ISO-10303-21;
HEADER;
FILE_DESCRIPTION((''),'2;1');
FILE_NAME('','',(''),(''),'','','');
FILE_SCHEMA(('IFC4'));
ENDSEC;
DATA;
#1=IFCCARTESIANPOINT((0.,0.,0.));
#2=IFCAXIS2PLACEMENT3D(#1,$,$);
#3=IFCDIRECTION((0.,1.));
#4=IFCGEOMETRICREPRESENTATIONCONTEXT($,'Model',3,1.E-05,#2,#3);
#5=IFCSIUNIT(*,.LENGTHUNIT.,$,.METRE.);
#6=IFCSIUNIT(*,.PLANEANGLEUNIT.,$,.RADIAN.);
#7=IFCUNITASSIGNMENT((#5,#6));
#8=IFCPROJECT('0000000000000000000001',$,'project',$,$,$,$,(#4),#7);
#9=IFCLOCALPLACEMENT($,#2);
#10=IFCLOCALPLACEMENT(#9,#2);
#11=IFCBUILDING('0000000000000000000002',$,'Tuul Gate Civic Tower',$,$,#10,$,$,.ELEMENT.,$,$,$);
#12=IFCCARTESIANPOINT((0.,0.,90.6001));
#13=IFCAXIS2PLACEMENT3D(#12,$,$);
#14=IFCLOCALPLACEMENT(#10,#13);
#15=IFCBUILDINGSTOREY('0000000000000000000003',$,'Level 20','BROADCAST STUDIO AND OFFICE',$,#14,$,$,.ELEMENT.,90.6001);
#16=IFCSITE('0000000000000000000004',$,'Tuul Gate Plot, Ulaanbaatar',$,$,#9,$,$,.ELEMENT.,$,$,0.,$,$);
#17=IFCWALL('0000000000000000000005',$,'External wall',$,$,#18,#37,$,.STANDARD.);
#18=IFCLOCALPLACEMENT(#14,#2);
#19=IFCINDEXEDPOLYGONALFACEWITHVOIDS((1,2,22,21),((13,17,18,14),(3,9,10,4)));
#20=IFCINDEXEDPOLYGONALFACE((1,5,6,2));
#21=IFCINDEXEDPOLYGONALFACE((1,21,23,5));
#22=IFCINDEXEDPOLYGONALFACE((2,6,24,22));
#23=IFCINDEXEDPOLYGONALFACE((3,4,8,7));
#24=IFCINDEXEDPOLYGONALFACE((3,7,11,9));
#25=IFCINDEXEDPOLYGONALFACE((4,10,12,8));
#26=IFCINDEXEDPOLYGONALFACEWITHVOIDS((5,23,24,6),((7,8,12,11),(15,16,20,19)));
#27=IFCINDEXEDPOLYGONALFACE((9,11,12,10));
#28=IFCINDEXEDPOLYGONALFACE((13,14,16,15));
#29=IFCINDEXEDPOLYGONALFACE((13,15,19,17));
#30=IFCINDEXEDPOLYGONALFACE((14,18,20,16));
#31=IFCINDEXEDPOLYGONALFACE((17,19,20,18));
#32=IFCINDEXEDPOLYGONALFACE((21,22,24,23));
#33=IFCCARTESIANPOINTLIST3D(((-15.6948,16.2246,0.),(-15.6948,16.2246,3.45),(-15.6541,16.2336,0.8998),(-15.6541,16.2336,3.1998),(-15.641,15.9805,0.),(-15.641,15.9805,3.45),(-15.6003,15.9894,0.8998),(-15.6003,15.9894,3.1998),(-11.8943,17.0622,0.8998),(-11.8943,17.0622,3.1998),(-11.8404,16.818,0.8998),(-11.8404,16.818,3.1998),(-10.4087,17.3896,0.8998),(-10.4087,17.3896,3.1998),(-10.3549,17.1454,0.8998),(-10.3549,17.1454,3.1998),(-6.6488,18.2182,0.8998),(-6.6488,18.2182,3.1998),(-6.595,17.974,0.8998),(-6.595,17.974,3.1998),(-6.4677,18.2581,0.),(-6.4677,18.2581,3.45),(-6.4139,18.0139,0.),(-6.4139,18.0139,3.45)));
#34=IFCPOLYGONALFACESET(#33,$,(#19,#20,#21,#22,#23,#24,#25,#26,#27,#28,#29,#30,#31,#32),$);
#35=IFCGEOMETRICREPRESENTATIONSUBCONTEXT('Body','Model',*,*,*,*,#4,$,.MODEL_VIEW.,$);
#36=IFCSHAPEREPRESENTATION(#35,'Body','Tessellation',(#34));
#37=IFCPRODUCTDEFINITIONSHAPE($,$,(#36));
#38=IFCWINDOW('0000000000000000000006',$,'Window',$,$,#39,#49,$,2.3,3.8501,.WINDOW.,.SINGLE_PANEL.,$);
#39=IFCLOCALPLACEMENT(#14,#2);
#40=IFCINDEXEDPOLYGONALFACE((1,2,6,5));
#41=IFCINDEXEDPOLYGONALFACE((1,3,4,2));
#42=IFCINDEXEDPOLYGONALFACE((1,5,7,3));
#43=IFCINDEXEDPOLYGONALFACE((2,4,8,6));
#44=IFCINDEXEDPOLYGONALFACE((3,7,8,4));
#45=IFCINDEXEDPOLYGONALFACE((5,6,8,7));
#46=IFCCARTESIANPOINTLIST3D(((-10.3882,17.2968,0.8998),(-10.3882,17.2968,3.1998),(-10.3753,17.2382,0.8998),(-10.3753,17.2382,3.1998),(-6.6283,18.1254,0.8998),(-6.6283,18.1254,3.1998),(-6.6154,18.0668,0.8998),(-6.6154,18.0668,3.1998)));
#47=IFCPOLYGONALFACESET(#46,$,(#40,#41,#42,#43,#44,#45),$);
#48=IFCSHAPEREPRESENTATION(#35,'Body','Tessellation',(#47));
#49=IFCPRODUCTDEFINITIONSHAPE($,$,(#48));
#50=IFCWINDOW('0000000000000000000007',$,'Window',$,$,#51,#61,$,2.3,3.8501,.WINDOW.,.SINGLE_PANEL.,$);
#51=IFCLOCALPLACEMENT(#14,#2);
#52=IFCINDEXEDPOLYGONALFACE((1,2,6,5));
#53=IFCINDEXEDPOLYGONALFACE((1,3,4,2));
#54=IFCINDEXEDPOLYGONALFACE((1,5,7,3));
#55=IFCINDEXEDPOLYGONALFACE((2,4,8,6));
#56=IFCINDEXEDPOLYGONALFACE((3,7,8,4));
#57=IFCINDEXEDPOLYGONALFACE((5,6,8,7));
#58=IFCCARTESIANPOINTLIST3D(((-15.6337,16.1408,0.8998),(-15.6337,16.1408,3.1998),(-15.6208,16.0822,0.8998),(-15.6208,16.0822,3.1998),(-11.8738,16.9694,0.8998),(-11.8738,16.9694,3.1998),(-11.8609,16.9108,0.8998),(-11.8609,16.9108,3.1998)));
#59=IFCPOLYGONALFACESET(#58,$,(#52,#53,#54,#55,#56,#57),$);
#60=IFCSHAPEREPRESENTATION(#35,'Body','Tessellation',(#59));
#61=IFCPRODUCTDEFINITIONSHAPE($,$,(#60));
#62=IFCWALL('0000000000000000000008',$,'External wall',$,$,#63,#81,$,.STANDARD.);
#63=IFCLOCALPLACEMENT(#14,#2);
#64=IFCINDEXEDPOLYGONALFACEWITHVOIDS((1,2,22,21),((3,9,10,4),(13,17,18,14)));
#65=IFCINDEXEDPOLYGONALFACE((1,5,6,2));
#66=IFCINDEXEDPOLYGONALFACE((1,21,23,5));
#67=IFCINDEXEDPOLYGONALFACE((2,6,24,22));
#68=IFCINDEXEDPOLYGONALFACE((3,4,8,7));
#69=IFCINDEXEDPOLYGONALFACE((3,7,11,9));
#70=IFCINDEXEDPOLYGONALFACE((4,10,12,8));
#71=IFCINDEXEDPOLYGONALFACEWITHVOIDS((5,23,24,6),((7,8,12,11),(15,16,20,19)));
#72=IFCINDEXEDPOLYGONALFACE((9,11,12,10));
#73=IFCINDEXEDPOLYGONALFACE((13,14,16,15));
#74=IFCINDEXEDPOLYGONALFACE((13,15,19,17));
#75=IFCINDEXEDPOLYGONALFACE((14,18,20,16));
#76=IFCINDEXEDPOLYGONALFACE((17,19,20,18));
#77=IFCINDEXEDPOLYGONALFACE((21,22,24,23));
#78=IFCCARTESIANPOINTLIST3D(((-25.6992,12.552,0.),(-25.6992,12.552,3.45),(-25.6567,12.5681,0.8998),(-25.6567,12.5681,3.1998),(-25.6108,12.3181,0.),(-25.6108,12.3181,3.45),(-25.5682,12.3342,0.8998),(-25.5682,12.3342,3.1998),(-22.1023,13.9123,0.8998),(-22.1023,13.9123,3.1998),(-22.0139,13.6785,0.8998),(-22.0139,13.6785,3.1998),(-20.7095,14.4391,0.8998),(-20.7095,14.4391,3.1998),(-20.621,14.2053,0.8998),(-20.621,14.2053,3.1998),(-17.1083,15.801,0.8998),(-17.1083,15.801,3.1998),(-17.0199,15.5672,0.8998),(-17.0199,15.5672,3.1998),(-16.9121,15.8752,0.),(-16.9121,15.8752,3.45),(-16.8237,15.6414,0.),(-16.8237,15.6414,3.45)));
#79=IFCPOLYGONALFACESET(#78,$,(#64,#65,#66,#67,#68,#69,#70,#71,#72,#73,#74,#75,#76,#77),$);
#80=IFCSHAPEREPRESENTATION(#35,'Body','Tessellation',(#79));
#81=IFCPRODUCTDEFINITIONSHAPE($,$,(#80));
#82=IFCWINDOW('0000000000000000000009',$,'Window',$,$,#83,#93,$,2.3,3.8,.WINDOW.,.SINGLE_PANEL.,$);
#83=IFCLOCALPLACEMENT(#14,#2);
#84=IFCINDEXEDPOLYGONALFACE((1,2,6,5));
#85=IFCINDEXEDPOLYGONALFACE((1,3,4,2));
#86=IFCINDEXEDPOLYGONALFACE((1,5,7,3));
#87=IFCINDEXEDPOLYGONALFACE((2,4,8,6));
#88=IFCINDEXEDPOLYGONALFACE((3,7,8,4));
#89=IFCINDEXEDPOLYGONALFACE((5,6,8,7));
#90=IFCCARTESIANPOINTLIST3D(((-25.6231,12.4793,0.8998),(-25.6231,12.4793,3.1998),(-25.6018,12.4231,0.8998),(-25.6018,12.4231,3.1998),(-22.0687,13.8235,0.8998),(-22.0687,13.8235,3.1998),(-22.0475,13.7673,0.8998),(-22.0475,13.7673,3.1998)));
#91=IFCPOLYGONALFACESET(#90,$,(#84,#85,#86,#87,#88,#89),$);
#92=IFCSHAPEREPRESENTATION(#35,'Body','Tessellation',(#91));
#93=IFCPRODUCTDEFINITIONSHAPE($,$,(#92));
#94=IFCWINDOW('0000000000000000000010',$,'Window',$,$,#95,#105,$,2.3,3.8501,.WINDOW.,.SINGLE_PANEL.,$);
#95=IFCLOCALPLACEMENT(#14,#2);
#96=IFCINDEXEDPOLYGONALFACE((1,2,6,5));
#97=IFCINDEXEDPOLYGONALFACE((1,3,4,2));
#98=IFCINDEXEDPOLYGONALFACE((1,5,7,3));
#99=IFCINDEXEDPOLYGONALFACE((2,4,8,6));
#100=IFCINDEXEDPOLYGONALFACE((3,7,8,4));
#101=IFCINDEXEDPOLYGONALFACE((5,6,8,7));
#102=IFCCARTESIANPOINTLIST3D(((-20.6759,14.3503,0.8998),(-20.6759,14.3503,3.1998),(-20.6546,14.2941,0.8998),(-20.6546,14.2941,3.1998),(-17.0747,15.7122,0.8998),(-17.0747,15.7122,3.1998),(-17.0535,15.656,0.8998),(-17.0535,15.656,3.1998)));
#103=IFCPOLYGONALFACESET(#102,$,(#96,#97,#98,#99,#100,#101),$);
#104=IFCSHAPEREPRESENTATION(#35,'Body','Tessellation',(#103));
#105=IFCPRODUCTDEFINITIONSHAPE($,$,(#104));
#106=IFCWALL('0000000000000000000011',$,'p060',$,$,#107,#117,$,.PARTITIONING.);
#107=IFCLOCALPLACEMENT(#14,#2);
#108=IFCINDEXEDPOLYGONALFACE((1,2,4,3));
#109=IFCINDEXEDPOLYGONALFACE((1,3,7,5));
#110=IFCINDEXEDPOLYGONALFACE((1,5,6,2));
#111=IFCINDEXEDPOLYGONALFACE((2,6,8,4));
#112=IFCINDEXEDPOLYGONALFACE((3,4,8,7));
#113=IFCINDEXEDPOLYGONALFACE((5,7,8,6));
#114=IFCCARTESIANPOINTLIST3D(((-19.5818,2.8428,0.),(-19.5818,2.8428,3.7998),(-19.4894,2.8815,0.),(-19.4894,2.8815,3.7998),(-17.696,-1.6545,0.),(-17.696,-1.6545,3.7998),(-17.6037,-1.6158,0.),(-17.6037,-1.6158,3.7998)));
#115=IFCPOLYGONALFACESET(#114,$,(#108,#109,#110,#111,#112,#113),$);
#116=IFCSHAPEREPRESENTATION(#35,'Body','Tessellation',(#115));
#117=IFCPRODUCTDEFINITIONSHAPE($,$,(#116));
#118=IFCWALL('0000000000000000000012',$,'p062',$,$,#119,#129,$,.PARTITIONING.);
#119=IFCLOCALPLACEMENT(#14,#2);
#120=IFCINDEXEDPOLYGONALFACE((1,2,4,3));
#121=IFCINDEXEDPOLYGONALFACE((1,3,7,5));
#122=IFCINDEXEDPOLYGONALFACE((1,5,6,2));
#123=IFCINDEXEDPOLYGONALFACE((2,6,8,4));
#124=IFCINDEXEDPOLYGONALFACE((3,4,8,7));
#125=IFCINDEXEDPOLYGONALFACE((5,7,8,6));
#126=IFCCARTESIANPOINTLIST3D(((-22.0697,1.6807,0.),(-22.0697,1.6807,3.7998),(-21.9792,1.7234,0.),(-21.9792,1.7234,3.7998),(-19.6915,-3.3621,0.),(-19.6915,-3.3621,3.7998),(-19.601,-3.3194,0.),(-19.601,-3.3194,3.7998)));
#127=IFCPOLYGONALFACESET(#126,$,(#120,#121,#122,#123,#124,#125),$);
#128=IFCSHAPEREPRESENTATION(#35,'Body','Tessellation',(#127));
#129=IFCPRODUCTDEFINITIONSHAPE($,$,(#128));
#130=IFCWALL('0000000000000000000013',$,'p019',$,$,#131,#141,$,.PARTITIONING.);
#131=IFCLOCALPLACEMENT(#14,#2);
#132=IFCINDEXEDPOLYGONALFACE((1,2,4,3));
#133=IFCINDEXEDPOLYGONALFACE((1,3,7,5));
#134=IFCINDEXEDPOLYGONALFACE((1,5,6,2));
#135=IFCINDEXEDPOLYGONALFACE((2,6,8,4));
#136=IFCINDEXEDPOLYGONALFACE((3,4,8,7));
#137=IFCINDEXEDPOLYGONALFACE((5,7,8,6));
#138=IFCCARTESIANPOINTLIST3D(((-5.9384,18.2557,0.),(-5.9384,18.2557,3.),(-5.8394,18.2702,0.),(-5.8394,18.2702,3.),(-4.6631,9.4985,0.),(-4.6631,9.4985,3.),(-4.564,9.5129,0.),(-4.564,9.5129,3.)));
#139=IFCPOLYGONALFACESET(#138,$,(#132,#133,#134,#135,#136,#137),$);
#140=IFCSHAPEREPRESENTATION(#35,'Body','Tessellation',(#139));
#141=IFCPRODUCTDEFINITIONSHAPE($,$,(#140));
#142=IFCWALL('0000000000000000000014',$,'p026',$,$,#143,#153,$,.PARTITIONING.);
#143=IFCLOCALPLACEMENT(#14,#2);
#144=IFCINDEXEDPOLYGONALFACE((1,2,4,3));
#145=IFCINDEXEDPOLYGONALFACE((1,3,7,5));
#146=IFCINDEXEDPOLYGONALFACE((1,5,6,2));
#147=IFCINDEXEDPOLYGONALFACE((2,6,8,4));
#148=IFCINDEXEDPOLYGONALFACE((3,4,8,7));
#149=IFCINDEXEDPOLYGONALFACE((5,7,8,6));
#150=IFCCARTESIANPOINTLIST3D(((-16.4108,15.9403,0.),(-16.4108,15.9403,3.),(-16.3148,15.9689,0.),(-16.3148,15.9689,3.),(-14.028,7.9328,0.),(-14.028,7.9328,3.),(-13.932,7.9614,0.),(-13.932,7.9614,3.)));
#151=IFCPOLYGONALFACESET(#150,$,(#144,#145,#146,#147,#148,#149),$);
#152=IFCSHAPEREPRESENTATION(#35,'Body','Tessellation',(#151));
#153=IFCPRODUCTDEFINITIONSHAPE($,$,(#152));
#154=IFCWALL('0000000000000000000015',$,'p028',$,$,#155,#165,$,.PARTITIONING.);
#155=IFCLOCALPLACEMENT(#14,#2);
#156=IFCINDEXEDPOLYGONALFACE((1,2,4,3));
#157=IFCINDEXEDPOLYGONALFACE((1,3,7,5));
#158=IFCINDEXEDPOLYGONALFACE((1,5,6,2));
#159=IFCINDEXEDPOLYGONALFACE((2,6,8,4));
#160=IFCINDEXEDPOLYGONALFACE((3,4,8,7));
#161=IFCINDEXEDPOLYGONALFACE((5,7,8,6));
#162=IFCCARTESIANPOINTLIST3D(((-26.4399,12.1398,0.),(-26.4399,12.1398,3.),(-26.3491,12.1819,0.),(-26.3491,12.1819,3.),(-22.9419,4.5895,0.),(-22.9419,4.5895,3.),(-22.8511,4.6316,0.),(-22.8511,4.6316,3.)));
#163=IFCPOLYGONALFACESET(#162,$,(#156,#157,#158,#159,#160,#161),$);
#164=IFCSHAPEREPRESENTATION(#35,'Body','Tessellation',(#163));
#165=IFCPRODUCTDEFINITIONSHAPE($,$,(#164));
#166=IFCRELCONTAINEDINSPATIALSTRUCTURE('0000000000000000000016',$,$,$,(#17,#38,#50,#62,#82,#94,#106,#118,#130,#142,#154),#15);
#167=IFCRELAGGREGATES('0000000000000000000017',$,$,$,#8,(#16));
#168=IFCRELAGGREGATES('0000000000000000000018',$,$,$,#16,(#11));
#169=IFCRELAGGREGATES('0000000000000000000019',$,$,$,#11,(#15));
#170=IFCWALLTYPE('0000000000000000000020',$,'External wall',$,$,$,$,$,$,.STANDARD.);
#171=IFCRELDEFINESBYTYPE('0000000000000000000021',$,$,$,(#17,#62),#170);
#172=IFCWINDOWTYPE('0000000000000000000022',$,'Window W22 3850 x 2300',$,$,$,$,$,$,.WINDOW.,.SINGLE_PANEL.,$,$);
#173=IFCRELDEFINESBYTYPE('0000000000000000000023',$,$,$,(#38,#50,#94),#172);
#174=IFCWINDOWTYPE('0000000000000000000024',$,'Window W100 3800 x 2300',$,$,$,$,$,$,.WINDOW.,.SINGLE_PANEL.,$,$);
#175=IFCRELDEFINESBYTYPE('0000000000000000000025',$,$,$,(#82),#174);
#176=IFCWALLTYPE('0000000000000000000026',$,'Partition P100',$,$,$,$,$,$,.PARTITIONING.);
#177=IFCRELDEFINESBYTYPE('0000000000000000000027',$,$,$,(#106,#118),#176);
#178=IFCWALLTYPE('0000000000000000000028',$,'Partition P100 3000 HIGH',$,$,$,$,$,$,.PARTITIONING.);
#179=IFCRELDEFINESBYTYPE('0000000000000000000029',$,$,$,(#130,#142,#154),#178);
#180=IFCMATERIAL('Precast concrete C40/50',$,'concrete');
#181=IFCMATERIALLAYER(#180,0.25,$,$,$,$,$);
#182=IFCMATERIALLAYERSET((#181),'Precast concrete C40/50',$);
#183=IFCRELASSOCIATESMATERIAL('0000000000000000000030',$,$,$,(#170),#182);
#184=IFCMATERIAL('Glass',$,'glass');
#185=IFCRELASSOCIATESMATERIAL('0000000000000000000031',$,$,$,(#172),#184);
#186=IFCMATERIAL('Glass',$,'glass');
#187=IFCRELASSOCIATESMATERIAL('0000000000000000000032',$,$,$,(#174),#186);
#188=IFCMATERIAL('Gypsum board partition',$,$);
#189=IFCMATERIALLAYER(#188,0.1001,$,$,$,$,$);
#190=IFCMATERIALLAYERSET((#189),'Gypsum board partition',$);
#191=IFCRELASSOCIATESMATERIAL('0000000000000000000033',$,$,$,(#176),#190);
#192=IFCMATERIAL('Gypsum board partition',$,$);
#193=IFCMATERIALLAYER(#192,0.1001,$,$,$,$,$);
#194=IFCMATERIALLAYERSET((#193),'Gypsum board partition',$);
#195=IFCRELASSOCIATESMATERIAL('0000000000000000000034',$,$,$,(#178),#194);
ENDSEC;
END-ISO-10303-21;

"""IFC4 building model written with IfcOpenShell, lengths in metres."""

from ifc_helpers import new_model, si_unit, direction, frame, frame_2d, origin, place, context, subcontext, project, spatial, rectangle, extrude, material, layer, layer_set, type_object, element, fill, save


model = new_model("IFC4")

# Units and contexts
model_context = context("Model", 3, precision=1e-05, world=origin(), true_north=direction((0.0, 1.0)))
body_context = subcontext(model_context, "Body", "Model", "MODEL_VIEW")
ifc_project = project(units=[si_unit("LENGTHUNIT", "METRE"), si_unit("PLANEANGLEUNIT", "RADIAN")], contexts=[model_context])

# Site, building, storey
site_placement = place(None, origin())
site = spatial("IfcSite", under=ifc_project, at=site_placement, Name="Tuul Gate Plot, Ulaanbaatar", CompositionType="ELEMENT", RefElevation=0.0)
building_placement = place(site_placement, origin())
building = spatial("IfcBuilding", under=site, at=building_placement, Name="Tuul Gate Civic Tower", CompositionType="ELEMENT")
storey_placement = place(building_placement, frame((0.0, 0.0, 90.6001)))
storey = spatial("IfcBuildingStorey", under=building, at=storey_placement, Name="Level 20", Description="BROADCAST STUDIO AND OFFICE", CompositionType="ELEMENT", Elevation=90.6001)

# Walls, openings, windows
ifc_material_1 = material(Name="Precast concrete C40/50", Category="concrete")
ifc_layer_1 = layer(ifc_material_1, 0.25)
ifc_layer_set_1 = layer_set([ifc_layer_1], Name="Precast concrete C40/50")
wall_type_1 = type_object("IfcWallType", Name="External wall", PredefinedType="STANDARD", material=ifc_layer_set_1)
wall_1_placement = place(storey_placement, frame((-6.4409, 18.136, 0.0), z_axis=(0.0, 0.0, 1.0), x_axis=(-0.976567, -0.215215, 0.0)))
wall_1 = element("IfcWall", 1, at=wall_1_placement, inside=storey, type_object=wall_type_1, Name="External wall", PredefinedType="STANDARD", context=body_context, shape_type="SweptSolid", body=[
    extrude(rectangle(XDim=9.4485, YDim=0.25, at=frame_2d((4.7241, 0.0))), origin(), (0.0, 0.0, 1.0), 3.45),
])
opening_1_placement = place(wall_1_placement, frame((0.1853, 0.0, 0.8999)))
opening_1 = element("IfcOpeningElement", 2, at=opening_1_placement, cuts=wall_1, PredefinedType="OPENING", context=body_context, shape_type="SweptSolid", body=[
    extrude(rectangle(XDim=3.8501, YDim=2.3, at=frame_2d((1.925, 1.1499))), frame((0.0, 0.135, 0.0), z_axis=(0.0, -1.0, 0.0), x_axis=(1.0, 0.0, 0.0)), (0.0, 0.0, 1.0), 0.27),
])
opening_2_placement = place(wall_1_placement, frame((5.5566, 0.0, 0.8999)))
opening_2 = element("IfcOpeningElement", 3, at=opening_2_placement, cuts=wall_1, PredefinedType="OPENING", context=body_context, shape_type="SweptSolid", body=[
    extrude(rectangle(XDim=3.8501, YDim=2.3, at=frame_2d((1.925, 1.1499))), frame((0.0, 0.135, 0.0), z_axis=(0.0, -1.0, 0.0), x_axis=(1.0, 0.0, 0.0)), (0.0, 0.0, 1.0), 0.27),
])
ifc_material_2 = material(Name="Glass", Category="glass")
window_type_1 = type_object("IfcWindowType", Name="Window W22 3850 x 2300", PartitioningType="SINGLE_PANEL", PredefinedType="WINDOW", material=ifc_material_2)
window_1_placement = place(opening_1_placement, origin())
window_1 = element("IfcWindow", 4, at=window_1_placement, inside=storey, type_object=window_type_1, Name="Window", OverallHeight=2.3, OverallWidth=3.8501, PartitioningType="SINGLE_PANEL", PredefinedType="WINDOW", context=body_context, shape_type="SweptSolid", body=[
    extrude(rectangle(XDim=3.8501, YDim=2.3, at=frame_2d((1.925, 1.1499))), frame((0.0, 0.03, 0.0), z_axis=(0.0, -1.0, 0.0), x_axis=(1.0, 0.0, 0.0)), (0.0, 0.0, 1.0), 0.0601),
])
fill(opening_1, window_1)
window_2_placement = place(opening_2_placement, origin())
window_2 = element("IfcWindow", 5, at=window_2_placement, inside=storey, type_object=window_type_1, Name="Window", OverallHeight=2.3, OverallWidth=3.8501, PartitioningType="SINGLE_PANEL", PredefinedType="WINDOW", context=body_context, shape_type="SweptSolid", body=[
    extrude(rectangle(XDim=3.8501, YDim=2.3, at=frame_2d((1.925, 1.1499))), frame((0.0, 0.03, 0.0), z_axis=(0.0, -1.0, 0.0), x_axis=(1.0, 0.0, 0.0)), (0.0, 0.0, 1.0), 0.0601),
])
fill(opening_2, window_2)
wall_2_placement = place(storey_placement, frame((-16.8679, 15.7583, 0.0), z_axis=(0.0, 0.0, 1.0), x_axis=(-0.935343, -0.353742, 0.0)))
wall_2 = element("IfcWall", 6, at=wall_2_placement, inside=storey, type_object=wall_type_1, Name="External wall", PredefinedType="STANDARD", context=body_context, shape_type="SweptSolid", body=[
    extrude(rectangle(XDim=9.3945, YDim=0.25, at=frame_2d((4.6973, 0.0))), origin(), (0.0, 0.0, 1.0), 3.45),
])
opening_3_placement = place(wall_2_placement, frame((0.2097, 0.0, 0.8999)))
opening_3 = element("IfcOpeningElement", 7, at=opening_3_placement, cuts=wall_2, PredefinedType="OPENING", context=body_context, shape_type="SweptSolid", body=[
    extrude(rectangle(XDim=3.8501, YDim=2.3, at=frame_2d((1.925, 1.1499))), frame((0.0, 0.135, 0.0), z_axis=(0.0, -1.0, 0.0), x_axis=(1.0, 0.0, 0.0)), (0.0, 0.0, 1.0), 0.27),
])
opening_4_placement = place(wall_2_placement, frame((5.5491, 0.0, 0.8999)))
opening_4 = element("IfcOpeningElement", 8, at=opening_4_placement, cuts=wall_2, PredefinedType="OPENING", context=body_context, shape_type="SweptSolid", body=[
    extrude(rectangle(XDim=3.8, YDim=2.3, at=frame_2d((1.8999, 1.1499))), frame((0.0, 0.135, 0.0), z_axis=(0.0, -1.0, 0.0), x_axis=(1.0, 0.0, 0.0)), (0.0, 0.0, 1.0), 0.27),
])
ifc_material_3 = material(Name="Glass", Category="glass")
window_type_2 = type_object("IfcWindowType", Name="Window W100 3800 x 2300", PartitioningType="SINGLE_PANEL", PredefinedType="WINDOW", material=ifc_material_3)
window_3_placement = place(opening_4_placement, origin())
window_3 = element("IfcWindow", 9, at=window_3_placement, inside=storey, type_object=window_type_2, Name="Window", OverallHeight=2.3, OverallWidth=3.8, PartitioningType="SINGLE_PANEL", PredefinedType="WINDOW", context=body_context, shape_type="SweptSolid", body=[
    extrude(rectangle(XDim=3.8, YDim=2.3, at=frame_2d((1.8999, 1.1499))), frame((0.0, 0.03, 0.0), z_axis=(0.0, -1.0, 0.0), x_axis=(1.0, 0.0, 0.0)), (0.0, 0.0, 1.0), 0.0601),
])
fill(opening_4, window_3)
window_4_placement = place(opening_3_placement, origin())
window_4 = element("IfcWindow", 10, at=window_4_placement, inside=storey, type_object=window_type_1, Name="Window", OverallHeight=2.3, OverallWidth=3.8501, PartitioningType="SINGLE_PANEL", PredefinedType="WINDOW", context=body_context, shape_type="SweptSolid", body=[
    extrude(rectangle(XDim=3.8501, YDim=2.3, at=frame_2d((1.925, 1.1499))), frame((0.0, 0.03, 0.0), z_axis=(0.0, -1.0, 0.0), x_axis=(1.0, 0.0, 0.0)), (0.0, 0.0, 1.0), 0.0601),
])
fill(opening_3, window_4)

# Walls
ifc_material_4 = material(Name="Gypsum board partition")
ifc_layer_2 = layer(ifc_material_4, 0.1001)
ifc_layer_set_2 = layer_set([ifc_layer_2], Name="Gypsum board partition")
wall_type_2 = type_object("IfcWallType", Name="Partition P100", PredefinedType="PARTITIONING", material=ifc_layer_set_2)
wall_3_placement = place(storey_placement, frame((-19.5356, 2.8623, 0.0), z_axis=(0.0, 0.0, 1.0), x_axis=(0.386687, -0.922211, 0.0)))
element("IfcWall", 11, at=wall_3_placement, inside=storey, type_object=wall_type_2, Name="p060", PredefinedType="PARTITIONING", context=body_context, shape_type="SweptSolid", body=[
    extrude(rectangle(XDim=4.8767, YDim=0.1001, at=frame_2d((2.4385, 0.0))), origin(), (0.0, 0.0, 1.0), 3.7998),
])
wall_4_placement = place(storey_placement, frame((-22.0244, 1.7019, 0.0), z_axis=(0.0, 0.0, 1.0), x_axis=(0.42655, -0.904464, 0.0)))
element("IfcWall", 12, at=wall_4_placement, inside=storey, type_object=wall_type_2, Name="p062", PredefinedType="PARTITIONING", context=body_context, shape_type="SweptSolid", body=[
    extrude(rectangle(XDim=5.5754, YDim=0.1001, at=frame_2d((2.7876, 0.0))), origin(), (0.0, 0.0, 1.0), 3.7998),
])
ifc_material_5 = material(Name="Gypsum board partition")
ifc_layer_3 = layer(ifc_material_5, 0.1001)
ifc_layer_set_3 = layer_set([ifc_layer_3], Name="Gypsum board partition")
wall_type_3 = type_object("IfcWallType", Name="Partition P100 3000 HIGH", PredefinedType="PARTITIONING", material=ifc_layer_set_3)
wall_5_placement = place(storey_placement, frame((-5.8889, 18.2629, 0.0), z_axis=(0.0, 0.0, 1.0), x_axis=(0.144117, -0.989561, 0.0)))
element("IfcWall", 13, at=wall_5_placement, inside=storey, type_object=wall_type_3, Name="p019", PredefinedType="PARTITIONING", context=body_context, shape_type="SweptSolid", body=[
    extrude(rectangle(XDim=8.8496, YDim=0.1001, at=frame_2d((4.4248, 0.0))), origin(), (0.0, 0.0, 1.0), 3.0),
])
wall_6_placement = place(storey_placement, frame((-16.3628, 15.9546, 0.0), z_axis=(0.0, 0.0, 1.0), x_axis=(0.28521, -0.958465, 0.0)))
element("IfcWall", 14, at=wall_6_placement, inside=storey, type_object=wall_type_3, Name="p026", PredefinedType="PARTITIONING", context=body_context, shape_type="SweptSolid", body=[
    extrude(rectangle(XDim=8.3545, YDim=0.1001, at=frame_2d((4.1772, 0.0))), origin(), (0.0, 0.0, 1.0), 3.0),
])
wall_7_placement = place(storey_placement, frame((-26.3945, 12.1609, 0.0), z_axis=(0.0, 0.0, 1.0), x_axis=(0.420375, -0.90735, 0.0)))
element("IfcWall", 15, at=wall_7_placement, inside=storey, type_object=wall_type_3, Name="p028", PredefinedType="PARTITIONING", context=body_context, shape_type="SweptSolid", body=[
    extrude(rectangle(XDim=8.3213, YDim=0.1001, at=frame_2d((4.1606, 0.0))), origin(), (0.0, 0.0, 1.0), 3.0),
])

save(model, "model.ifc")
